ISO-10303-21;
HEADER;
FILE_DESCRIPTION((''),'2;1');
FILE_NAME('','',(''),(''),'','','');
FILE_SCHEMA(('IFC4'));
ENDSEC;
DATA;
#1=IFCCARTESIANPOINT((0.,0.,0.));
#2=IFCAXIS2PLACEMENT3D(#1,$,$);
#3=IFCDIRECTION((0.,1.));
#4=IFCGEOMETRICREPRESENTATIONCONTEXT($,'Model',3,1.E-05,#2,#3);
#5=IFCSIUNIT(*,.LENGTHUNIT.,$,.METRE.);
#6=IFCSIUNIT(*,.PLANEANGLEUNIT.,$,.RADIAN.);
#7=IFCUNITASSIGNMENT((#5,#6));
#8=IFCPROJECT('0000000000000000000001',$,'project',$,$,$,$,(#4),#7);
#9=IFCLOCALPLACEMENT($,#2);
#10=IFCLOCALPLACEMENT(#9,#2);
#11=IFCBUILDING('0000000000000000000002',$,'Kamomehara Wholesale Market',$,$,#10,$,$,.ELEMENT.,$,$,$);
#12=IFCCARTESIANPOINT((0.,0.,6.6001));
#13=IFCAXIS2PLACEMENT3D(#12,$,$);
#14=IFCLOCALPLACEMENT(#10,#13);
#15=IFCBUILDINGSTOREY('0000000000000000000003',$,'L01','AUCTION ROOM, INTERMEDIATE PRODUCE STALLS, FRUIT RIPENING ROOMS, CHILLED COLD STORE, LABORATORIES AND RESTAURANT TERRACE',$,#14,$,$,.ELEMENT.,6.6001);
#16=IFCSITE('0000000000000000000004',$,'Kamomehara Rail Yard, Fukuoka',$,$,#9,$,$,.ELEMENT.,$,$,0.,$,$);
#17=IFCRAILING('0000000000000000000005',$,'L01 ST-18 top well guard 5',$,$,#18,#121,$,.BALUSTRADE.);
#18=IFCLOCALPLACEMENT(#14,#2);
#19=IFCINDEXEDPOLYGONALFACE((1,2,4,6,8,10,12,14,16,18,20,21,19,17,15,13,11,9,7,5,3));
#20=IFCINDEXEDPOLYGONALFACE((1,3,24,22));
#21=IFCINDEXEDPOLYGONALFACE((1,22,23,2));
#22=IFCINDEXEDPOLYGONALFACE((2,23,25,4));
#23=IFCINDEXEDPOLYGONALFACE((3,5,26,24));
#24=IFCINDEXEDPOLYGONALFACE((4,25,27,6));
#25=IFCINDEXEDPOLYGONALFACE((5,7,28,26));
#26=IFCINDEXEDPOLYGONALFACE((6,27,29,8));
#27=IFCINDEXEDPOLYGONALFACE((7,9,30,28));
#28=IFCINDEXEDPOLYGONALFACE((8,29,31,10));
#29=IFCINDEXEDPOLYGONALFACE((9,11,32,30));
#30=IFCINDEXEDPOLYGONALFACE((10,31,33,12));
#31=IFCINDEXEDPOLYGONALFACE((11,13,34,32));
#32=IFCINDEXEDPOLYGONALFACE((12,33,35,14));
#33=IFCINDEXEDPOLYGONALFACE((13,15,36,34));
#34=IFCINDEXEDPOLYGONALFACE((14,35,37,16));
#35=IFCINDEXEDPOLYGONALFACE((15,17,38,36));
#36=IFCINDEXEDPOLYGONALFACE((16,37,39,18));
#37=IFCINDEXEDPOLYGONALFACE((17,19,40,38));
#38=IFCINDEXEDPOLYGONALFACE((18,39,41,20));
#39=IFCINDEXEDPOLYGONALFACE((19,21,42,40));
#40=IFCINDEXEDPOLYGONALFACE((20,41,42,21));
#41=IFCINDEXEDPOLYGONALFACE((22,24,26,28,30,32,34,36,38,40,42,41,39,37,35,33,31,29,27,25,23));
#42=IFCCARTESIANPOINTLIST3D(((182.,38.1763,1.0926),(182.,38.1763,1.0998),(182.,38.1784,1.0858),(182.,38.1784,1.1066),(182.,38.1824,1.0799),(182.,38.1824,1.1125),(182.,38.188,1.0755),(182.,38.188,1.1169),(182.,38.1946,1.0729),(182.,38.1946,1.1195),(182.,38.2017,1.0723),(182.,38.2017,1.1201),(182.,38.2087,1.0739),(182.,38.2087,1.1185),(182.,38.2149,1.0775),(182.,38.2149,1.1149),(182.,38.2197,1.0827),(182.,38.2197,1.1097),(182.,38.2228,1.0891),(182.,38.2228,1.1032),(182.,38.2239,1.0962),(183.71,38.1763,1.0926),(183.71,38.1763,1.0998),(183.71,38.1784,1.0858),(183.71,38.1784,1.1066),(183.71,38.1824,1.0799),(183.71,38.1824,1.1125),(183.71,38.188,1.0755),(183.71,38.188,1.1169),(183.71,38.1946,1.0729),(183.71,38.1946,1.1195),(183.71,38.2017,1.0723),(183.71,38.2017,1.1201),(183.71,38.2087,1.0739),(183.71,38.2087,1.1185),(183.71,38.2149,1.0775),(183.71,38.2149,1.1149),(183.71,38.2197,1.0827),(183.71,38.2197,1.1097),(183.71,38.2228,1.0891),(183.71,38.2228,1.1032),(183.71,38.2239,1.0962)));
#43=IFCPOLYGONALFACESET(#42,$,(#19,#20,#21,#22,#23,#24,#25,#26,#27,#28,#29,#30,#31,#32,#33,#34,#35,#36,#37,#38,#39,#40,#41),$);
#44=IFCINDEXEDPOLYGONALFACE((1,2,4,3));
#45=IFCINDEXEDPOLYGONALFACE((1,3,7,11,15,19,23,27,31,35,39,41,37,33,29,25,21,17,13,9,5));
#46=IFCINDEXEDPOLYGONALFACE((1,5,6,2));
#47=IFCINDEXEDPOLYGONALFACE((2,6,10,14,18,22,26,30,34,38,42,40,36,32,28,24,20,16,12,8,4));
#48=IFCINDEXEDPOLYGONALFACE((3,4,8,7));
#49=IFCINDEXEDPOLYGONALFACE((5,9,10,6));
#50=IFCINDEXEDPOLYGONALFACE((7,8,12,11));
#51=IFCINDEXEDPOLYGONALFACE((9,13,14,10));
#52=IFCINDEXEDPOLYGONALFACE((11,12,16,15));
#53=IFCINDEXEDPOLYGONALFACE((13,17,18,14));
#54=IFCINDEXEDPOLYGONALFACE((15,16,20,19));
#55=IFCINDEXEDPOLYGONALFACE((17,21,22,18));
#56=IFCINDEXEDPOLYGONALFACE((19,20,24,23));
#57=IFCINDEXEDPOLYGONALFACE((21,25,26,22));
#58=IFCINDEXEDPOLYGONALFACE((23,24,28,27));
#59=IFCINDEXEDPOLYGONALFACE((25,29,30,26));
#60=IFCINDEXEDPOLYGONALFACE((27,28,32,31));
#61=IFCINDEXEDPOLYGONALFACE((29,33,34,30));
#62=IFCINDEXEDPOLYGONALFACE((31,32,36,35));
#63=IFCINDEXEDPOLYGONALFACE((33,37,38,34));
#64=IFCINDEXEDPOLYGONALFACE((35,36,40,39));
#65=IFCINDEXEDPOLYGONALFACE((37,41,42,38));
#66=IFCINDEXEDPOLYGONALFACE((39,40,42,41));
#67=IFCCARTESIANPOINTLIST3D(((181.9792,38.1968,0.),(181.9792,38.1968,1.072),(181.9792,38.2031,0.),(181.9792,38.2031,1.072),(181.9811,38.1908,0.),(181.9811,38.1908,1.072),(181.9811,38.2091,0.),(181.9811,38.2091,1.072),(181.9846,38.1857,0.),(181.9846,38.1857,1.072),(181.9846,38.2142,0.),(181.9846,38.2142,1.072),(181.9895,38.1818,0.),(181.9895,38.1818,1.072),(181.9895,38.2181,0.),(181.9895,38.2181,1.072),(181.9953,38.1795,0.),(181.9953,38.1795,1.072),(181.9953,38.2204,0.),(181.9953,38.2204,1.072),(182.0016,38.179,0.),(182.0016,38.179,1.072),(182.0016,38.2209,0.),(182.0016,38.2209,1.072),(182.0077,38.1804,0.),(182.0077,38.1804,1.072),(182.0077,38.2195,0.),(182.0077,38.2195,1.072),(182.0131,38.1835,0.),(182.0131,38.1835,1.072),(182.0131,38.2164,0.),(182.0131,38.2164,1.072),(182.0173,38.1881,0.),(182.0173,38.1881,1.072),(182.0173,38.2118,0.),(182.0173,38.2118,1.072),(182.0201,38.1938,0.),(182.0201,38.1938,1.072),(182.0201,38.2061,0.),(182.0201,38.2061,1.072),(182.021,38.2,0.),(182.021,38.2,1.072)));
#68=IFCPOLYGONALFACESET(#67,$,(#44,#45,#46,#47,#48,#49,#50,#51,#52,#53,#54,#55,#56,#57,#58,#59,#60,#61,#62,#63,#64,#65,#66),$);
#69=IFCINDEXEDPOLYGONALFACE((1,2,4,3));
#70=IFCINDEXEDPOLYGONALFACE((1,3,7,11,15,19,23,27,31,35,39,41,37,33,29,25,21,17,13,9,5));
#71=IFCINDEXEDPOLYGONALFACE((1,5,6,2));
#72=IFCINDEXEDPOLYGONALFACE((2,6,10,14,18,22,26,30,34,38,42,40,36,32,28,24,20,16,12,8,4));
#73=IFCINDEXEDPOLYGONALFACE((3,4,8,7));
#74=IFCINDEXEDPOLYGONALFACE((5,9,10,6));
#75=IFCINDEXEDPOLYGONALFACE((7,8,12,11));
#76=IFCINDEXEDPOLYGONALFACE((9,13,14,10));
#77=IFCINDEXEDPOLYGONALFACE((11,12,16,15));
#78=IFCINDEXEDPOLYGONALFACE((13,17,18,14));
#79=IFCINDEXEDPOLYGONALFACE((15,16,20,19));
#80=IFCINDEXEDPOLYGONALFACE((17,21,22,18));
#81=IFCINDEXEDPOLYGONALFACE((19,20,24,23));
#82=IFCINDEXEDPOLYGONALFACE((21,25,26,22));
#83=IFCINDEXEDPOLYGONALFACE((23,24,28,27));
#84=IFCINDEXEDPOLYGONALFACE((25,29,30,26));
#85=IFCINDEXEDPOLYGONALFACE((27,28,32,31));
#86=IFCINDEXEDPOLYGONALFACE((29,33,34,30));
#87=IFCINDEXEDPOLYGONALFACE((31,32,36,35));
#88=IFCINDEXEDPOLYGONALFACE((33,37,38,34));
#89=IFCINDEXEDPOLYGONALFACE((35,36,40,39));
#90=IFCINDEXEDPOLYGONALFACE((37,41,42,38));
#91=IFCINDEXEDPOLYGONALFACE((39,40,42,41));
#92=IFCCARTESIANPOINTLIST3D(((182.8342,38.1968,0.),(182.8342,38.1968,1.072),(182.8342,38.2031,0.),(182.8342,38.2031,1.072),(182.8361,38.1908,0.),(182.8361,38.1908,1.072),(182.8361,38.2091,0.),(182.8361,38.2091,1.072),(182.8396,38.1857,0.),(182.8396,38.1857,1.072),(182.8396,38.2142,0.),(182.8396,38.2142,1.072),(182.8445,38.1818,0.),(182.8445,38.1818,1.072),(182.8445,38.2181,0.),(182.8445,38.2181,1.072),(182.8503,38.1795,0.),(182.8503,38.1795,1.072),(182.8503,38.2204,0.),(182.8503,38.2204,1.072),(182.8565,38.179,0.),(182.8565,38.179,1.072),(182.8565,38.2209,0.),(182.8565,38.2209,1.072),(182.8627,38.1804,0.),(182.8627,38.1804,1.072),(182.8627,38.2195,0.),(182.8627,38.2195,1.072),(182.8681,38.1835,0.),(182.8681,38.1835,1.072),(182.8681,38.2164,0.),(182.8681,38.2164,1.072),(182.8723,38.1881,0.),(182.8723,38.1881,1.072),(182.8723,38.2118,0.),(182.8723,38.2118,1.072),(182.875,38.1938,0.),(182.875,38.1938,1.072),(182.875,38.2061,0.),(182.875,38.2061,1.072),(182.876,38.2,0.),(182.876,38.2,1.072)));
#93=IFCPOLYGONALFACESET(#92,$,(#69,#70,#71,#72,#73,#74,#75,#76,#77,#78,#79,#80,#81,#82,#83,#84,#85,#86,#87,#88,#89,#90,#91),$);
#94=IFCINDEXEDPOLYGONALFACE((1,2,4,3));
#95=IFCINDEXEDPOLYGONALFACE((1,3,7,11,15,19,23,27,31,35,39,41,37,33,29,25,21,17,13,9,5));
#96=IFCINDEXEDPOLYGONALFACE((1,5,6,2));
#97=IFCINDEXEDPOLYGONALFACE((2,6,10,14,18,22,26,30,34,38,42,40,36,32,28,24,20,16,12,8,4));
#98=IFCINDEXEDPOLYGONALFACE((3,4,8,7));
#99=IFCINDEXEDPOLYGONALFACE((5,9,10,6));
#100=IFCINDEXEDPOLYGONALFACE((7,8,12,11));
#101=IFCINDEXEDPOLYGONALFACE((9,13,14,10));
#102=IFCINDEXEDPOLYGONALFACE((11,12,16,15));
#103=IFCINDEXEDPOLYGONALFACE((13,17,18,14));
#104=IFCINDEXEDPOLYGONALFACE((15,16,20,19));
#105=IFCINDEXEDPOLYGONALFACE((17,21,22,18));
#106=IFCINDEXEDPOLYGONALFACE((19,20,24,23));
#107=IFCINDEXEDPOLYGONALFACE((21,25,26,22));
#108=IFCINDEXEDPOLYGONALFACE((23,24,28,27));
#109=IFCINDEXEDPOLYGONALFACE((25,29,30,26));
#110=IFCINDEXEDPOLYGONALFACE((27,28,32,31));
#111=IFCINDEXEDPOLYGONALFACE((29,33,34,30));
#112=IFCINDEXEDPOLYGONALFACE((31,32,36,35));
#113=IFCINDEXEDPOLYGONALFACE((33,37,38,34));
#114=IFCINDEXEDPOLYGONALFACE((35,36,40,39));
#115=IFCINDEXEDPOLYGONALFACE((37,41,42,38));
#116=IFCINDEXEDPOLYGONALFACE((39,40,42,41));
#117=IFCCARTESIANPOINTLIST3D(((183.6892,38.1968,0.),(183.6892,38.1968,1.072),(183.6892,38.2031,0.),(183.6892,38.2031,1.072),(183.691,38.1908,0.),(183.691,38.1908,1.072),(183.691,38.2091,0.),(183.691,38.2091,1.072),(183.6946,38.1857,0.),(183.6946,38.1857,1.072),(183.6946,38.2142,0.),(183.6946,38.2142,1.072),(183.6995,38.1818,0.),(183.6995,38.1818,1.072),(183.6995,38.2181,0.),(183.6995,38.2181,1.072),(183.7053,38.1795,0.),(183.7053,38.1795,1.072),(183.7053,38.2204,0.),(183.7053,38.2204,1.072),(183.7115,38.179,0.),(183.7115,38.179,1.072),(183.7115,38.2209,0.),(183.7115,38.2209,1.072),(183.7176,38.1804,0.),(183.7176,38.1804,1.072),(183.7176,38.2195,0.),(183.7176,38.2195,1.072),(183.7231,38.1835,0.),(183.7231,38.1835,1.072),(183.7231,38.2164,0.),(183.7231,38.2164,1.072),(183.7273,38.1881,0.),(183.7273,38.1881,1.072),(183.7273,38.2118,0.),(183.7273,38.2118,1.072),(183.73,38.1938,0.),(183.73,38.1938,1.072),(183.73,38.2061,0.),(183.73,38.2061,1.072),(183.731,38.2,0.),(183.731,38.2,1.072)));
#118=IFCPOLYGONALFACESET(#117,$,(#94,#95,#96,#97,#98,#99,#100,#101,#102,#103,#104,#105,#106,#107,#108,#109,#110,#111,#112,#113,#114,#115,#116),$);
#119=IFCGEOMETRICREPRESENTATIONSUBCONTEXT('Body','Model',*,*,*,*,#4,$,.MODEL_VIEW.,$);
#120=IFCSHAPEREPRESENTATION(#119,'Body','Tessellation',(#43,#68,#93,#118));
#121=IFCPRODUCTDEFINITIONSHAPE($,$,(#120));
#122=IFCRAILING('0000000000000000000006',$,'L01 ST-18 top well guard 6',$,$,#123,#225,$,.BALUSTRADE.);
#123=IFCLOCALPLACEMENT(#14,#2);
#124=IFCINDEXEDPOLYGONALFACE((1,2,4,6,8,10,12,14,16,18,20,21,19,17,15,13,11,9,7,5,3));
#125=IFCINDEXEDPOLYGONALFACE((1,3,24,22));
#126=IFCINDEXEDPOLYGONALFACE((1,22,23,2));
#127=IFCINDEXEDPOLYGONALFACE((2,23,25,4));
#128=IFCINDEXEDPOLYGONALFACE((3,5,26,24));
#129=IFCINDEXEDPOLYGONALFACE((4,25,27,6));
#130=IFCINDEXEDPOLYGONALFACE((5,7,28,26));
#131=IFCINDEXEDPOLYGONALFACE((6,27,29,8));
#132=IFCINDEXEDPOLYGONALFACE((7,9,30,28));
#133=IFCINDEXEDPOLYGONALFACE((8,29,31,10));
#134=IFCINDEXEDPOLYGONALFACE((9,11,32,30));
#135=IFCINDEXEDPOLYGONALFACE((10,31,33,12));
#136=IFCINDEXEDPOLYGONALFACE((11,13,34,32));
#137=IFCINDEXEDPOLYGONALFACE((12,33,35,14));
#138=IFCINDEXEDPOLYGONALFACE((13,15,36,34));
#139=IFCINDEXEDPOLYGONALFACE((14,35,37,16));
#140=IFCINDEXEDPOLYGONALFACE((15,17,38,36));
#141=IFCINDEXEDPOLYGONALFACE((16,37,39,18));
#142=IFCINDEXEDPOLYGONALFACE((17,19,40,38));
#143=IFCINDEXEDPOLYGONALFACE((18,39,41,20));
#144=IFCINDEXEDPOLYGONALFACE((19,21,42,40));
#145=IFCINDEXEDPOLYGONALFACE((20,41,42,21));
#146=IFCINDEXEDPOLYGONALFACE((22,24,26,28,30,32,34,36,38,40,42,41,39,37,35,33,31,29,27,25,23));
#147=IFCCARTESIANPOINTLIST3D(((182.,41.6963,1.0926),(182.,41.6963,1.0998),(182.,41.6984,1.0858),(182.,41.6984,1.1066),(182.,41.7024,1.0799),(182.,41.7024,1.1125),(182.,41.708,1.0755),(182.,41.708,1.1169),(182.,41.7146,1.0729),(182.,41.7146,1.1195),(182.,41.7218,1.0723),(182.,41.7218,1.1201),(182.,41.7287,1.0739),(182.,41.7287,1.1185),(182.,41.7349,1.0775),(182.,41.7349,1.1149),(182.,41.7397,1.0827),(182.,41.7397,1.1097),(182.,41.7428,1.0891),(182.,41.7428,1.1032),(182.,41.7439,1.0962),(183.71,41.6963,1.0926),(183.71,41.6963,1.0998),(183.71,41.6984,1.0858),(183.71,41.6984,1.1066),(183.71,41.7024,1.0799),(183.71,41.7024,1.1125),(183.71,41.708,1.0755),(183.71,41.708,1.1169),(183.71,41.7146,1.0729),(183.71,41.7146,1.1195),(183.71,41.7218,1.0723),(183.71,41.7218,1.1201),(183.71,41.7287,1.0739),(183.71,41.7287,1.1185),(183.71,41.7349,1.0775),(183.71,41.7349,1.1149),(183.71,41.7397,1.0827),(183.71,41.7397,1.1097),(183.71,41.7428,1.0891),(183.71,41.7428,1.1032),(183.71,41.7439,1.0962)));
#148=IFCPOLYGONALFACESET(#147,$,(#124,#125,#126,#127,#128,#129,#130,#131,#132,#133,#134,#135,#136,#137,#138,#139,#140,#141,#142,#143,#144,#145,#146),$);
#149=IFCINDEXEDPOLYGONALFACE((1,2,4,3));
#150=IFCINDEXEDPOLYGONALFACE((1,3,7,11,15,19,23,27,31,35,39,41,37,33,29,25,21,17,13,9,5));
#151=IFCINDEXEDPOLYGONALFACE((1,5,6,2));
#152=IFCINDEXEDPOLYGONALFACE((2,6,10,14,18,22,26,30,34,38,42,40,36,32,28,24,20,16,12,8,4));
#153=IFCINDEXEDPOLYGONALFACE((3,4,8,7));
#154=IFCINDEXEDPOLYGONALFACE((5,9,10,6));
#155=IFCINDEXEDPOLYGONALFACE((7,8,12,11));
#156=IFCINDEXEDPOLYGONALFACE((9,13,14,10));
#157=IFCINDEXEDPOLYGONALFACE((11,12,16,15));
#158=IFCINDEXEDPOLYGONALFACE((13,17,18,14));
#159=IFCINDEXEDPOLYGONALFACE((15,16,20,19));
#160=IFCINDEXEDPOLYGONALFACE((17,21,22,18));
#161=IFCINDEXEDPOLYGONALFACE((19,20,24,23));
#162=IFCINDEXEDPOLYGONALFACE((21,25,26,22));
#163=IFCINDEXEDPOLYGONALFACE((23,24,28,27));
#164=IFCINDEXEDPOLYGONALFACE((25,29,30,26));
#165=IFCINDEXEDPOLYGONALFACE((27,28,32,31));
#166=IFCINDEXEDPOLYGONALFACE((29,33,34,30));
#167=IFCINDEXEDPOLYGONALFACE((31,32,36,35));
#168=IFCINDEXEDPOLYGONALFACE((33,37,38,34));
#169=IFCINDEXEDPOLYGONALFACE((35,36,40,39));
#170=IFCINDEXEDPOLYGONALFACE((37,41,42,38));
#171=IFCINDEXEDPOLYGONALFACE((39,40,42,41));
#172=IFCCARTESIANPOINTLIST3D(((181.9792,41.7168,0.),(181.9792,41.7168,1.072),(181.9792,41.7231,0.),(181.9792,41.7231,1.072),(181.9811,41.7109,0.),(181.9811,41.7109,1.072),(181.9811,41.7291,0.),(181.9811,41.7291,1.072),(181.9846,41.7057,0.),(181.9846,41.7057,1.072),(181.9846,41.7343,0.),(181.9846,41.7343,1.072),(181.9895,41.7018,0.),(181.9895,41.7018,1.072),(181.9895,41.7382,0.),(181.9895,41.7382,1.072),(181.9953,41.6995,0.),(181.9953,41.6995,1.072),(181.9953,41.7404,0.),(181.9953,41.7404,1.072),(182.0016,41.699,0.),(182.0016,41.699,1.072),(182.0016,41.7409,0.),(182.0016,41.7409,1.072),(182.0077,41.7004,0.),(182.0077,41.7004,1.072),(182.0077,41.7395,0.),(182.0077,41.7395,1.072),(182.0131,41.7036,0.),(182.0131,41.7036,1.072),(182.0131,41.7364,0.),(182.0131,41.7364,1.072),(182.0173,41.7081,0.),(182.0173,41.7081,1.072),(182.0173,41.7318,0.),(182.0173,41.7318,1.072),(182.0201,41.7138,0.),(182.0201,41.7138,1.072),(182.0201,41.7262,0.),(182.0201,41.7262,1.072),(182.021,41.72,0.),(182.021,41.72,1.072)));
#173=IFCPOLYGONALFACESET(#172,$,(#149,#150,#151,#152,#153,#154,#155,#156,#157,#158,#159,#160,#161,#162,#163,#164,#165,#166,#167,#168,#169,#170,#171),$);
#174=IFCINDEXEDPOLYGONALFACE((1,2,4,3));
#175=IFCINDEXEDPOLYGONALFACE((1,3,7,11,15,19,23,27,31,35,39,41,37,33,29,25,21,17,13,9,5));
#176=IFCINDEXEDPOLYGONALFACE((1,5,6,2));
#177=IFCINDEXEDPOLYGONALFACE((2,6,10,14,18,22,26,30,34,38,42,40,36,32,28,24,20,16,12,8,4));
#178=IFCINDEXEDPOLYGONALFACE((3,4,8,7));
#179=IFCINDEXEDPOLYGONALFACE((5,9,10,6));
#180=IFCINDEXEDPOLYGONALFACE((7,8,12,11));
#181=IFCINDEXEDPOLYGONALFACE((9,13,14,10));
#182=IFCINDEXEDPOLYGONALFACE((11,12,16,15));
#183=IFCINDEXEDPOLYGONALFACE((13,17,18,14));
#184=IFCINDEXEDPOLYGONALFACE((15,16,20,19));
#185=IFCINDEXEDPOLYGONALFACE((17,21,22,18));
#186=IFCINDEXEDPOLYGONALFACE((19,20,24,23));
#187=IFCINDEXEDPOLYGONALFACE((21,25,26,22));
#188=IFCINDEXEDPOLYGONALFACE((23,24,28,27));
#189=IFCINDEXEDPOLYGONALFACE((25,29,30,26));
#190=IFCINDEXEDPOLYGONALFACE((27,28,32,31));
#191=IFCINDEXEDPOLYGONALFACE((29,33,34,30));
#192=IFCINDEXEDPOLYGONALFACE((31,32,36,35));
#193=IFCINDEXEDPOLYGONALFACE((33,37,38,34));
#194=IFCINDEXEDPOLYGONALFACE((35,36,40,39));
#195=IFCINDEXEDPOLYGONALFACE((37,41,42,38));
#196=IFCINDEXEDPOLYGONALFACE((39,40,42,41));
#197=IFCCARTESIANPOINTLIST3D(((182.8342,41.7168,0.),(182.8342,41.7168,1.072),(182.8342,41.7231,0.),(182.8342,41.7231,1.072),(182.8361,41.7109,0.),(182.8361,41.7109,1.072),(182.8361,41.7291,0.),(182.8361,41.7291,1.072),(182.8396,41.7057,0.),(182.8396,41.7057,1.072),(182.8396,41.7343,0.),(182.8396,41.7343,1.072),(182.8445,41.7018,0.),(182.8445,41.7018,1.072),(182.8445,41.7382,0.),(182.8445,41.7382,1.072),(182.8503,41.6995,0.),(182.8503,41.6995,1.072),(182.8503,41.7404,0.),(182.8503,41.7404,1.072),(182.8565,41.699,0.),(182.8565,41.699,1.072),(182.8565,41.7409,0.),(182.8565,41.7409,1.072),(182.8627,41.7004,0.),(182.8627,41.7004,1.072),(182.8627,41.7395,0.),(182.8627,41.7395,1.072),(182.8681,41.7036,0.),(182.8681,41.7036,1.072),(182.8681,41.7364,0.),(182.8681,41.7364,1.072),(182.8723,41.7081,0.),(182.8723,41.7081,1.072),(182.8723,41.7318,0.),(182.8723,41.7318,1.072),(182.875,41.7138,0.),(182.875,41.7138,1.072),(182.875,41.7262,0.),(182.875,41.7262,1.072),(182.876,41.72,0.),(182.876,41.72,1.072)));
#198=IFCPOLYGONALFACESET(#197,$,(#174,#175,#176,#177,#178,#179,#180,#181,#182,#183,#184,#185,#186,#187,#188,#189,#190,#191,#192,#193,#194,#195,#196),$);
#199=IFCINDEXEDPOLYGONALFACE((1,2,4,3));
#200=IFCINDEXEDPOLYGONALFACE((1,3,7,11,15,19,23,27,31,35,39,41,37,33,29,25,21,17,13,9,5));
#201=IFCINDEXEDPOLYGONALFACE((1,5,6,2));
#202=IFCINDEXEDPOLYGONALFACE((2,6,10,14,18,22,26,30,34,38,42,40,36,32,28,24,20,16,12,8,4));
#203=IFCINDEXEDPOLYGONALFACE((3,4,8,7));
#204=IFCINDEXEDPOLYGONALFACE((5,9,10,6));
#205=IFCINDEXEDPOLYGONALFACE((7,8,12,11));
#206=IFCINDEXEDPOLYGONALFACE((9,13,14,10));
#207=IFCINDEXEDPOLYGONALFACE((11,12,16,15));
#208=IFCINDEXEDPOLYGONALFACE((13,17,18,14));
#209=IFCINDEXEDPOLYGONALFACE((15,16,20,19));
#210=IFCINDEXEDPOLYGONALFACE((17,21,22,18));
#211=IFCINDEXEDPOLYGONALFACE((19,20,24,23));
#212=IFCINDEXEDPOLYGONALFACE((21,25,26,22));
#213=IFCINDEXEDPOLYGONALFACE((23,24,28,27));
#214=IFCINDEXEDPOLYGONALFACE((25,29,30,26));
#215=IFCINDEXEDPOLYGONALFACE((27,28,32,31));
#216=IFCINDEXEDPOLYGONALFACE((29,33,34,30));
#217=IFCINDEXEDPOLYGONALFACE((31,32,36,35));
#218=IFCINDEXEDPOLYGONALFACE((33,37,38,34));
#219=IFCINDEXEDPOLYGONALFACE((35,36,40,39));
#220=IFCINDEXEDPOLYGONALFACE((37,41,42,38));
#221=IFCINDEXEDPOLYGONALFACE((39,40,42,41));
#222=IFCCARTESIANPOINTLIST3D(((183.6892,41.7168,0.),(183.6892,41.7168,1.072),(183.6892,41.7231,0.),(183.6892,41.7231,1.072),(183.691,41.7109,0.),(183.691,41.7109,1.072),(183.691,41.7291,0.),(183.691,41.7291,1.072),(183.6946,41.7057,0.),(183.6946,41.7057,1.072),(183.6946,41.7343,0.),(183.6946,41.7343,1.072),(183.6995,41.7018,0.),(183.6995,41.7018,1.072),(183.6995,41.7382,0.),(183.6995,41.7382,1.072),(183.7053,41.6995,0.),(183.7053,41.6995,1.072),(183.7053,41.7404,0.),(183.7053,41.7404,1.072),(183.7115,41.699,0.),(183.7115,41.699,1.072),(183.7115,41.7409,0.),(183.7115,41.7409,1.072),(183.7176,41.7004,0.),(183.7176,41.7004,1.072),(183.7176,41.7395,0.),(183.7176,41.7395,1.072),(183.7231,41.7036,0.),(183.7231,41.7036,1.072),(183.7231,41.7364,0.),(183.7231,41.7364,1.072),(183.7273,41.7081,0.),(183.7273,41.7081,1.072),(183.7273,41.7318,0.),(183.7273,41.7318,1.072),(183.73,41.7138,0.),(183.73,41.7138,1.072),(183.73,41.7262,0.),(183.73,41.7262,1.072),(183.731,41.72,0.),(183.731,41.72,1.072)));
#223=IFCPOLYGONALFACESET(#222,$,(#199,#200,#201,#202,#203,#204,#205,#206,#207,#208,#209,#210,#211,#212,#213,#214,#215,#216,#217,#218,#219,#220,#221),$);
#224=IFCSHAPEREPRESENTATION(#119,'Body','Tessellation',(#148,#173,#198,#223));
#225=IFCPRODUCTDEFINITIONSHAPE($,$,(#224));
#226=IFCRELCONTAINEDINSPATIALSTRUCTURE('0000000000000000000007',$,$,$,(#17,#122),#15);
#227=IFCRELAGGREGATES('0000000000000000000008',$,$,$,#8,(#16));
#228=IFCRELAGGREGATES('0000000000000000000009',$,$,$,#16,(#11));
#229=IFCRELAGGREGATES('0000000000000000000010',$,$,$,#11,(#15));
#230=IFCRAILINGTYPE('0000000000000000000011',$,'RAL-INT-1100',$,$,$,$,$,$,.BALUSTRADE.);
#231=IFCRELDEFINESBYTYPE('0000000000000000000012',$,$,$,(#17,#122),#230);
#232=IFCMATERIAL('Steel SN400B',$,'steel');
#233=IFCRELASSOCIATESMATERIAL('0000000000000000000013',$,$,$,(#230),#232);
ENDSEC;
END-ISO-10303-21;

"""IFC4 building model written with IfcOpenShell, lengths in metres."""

from ifc_helpers import new_model, si_unit, direction, frame, origin, origin_2d, place, context, subcontext, project, spatial, circle, extrude, material, type_object, element, save


model = new_model("IFC4")

# Units and contexts
model_context = context("Model", 3, precision=1e-05, world=origin(), true_north=direction((0.0, 1.0)))
body_context = subcontext(model_context, "Body", "Model", "MODEL_VIEW")
ifc_project = project(units=[si_unit("LENGTHUNIT", "METRE"), si_unit("PLANEANGLEUNIT", "RADIAN")], contexts=[model_context])

# Site, building, storey
site_placement = place(None, origin())
site = spatial("IfcSite", under=ifc_project, at=site_placement, Name="Kamomehara Rail Yard, Fukuoka", CompositionType="ELEMENT", RefElevation=0.0)
building_placement = place(site_placement, origin())
building = spatial("IfcBuilding", under=site, at=building_placement, Name="Kamomehara Wholesale Market", CompositionType="ELEMENT")
storey_placement = place(building_placement, frame((0.0, 0.0, 6.6001)))
storey = spatial("IfcBuildingStorey", under=building, at=storey_placement, Name="L01", Description="AUCTION ROOM, INTERMEDIATE PRODUCE STALLS, FRUIT RIPENING ROOMS, CHILLED COLD STORE, LABORATORIES AND RESTAURANT TERRACE", CompositionType="ELEMENT", Elevation=6.6001)

# Railings
ifc_material_1 = material(Name="Steel SN400B", Category="steel")
railing_type = type_object("IfcRailingType", Name="RAL-INT-1100", PredefinedType="BALUSTRADE", material=ifc_material_1)
for number, where, name in (
    (1, (182.0, 38.2, 0.0), "L01 ST-18 top well guard 5"),
    (2, (182.0, 41.72, 0.0), "L01 ST-18 top well guard 6"),
):
    element("IfcRailing", number, at=place(storey_placement, frame(where)), inside=storey, type_object=railing_type, Name=name, PredefinedType="BALUSTRADE", context=body_context, shape_type="SweptSolid", body=[
        extrude(circle(Radius=0.0239, at=origin_2d()), frame((0.0, 0.0, 1.0962), z_axis=(1.0, 0.0, 0.0), x_axis=(0.0, 1.0, 0.0)), (0.0, 0.0, 1.0), 1.71),
        extrude(circle(Radius=0.021, at=origin_2d()), origin(), (0.0, 0.0, 1.0), 1.072),
        extrude(circle(Radius=0.021, at=origin_2d()), frame((0.855, 0.0, 0.0)), (0.0, 0.0, 1.0), 1.072),
        extrude(circle(Radius=0.021, at=origin_2d()), frame((1.71, 0.0, 0.0)), (0.0, 0.0, 1.0), 1.072),
    ])

save(model, "model.ifc")
